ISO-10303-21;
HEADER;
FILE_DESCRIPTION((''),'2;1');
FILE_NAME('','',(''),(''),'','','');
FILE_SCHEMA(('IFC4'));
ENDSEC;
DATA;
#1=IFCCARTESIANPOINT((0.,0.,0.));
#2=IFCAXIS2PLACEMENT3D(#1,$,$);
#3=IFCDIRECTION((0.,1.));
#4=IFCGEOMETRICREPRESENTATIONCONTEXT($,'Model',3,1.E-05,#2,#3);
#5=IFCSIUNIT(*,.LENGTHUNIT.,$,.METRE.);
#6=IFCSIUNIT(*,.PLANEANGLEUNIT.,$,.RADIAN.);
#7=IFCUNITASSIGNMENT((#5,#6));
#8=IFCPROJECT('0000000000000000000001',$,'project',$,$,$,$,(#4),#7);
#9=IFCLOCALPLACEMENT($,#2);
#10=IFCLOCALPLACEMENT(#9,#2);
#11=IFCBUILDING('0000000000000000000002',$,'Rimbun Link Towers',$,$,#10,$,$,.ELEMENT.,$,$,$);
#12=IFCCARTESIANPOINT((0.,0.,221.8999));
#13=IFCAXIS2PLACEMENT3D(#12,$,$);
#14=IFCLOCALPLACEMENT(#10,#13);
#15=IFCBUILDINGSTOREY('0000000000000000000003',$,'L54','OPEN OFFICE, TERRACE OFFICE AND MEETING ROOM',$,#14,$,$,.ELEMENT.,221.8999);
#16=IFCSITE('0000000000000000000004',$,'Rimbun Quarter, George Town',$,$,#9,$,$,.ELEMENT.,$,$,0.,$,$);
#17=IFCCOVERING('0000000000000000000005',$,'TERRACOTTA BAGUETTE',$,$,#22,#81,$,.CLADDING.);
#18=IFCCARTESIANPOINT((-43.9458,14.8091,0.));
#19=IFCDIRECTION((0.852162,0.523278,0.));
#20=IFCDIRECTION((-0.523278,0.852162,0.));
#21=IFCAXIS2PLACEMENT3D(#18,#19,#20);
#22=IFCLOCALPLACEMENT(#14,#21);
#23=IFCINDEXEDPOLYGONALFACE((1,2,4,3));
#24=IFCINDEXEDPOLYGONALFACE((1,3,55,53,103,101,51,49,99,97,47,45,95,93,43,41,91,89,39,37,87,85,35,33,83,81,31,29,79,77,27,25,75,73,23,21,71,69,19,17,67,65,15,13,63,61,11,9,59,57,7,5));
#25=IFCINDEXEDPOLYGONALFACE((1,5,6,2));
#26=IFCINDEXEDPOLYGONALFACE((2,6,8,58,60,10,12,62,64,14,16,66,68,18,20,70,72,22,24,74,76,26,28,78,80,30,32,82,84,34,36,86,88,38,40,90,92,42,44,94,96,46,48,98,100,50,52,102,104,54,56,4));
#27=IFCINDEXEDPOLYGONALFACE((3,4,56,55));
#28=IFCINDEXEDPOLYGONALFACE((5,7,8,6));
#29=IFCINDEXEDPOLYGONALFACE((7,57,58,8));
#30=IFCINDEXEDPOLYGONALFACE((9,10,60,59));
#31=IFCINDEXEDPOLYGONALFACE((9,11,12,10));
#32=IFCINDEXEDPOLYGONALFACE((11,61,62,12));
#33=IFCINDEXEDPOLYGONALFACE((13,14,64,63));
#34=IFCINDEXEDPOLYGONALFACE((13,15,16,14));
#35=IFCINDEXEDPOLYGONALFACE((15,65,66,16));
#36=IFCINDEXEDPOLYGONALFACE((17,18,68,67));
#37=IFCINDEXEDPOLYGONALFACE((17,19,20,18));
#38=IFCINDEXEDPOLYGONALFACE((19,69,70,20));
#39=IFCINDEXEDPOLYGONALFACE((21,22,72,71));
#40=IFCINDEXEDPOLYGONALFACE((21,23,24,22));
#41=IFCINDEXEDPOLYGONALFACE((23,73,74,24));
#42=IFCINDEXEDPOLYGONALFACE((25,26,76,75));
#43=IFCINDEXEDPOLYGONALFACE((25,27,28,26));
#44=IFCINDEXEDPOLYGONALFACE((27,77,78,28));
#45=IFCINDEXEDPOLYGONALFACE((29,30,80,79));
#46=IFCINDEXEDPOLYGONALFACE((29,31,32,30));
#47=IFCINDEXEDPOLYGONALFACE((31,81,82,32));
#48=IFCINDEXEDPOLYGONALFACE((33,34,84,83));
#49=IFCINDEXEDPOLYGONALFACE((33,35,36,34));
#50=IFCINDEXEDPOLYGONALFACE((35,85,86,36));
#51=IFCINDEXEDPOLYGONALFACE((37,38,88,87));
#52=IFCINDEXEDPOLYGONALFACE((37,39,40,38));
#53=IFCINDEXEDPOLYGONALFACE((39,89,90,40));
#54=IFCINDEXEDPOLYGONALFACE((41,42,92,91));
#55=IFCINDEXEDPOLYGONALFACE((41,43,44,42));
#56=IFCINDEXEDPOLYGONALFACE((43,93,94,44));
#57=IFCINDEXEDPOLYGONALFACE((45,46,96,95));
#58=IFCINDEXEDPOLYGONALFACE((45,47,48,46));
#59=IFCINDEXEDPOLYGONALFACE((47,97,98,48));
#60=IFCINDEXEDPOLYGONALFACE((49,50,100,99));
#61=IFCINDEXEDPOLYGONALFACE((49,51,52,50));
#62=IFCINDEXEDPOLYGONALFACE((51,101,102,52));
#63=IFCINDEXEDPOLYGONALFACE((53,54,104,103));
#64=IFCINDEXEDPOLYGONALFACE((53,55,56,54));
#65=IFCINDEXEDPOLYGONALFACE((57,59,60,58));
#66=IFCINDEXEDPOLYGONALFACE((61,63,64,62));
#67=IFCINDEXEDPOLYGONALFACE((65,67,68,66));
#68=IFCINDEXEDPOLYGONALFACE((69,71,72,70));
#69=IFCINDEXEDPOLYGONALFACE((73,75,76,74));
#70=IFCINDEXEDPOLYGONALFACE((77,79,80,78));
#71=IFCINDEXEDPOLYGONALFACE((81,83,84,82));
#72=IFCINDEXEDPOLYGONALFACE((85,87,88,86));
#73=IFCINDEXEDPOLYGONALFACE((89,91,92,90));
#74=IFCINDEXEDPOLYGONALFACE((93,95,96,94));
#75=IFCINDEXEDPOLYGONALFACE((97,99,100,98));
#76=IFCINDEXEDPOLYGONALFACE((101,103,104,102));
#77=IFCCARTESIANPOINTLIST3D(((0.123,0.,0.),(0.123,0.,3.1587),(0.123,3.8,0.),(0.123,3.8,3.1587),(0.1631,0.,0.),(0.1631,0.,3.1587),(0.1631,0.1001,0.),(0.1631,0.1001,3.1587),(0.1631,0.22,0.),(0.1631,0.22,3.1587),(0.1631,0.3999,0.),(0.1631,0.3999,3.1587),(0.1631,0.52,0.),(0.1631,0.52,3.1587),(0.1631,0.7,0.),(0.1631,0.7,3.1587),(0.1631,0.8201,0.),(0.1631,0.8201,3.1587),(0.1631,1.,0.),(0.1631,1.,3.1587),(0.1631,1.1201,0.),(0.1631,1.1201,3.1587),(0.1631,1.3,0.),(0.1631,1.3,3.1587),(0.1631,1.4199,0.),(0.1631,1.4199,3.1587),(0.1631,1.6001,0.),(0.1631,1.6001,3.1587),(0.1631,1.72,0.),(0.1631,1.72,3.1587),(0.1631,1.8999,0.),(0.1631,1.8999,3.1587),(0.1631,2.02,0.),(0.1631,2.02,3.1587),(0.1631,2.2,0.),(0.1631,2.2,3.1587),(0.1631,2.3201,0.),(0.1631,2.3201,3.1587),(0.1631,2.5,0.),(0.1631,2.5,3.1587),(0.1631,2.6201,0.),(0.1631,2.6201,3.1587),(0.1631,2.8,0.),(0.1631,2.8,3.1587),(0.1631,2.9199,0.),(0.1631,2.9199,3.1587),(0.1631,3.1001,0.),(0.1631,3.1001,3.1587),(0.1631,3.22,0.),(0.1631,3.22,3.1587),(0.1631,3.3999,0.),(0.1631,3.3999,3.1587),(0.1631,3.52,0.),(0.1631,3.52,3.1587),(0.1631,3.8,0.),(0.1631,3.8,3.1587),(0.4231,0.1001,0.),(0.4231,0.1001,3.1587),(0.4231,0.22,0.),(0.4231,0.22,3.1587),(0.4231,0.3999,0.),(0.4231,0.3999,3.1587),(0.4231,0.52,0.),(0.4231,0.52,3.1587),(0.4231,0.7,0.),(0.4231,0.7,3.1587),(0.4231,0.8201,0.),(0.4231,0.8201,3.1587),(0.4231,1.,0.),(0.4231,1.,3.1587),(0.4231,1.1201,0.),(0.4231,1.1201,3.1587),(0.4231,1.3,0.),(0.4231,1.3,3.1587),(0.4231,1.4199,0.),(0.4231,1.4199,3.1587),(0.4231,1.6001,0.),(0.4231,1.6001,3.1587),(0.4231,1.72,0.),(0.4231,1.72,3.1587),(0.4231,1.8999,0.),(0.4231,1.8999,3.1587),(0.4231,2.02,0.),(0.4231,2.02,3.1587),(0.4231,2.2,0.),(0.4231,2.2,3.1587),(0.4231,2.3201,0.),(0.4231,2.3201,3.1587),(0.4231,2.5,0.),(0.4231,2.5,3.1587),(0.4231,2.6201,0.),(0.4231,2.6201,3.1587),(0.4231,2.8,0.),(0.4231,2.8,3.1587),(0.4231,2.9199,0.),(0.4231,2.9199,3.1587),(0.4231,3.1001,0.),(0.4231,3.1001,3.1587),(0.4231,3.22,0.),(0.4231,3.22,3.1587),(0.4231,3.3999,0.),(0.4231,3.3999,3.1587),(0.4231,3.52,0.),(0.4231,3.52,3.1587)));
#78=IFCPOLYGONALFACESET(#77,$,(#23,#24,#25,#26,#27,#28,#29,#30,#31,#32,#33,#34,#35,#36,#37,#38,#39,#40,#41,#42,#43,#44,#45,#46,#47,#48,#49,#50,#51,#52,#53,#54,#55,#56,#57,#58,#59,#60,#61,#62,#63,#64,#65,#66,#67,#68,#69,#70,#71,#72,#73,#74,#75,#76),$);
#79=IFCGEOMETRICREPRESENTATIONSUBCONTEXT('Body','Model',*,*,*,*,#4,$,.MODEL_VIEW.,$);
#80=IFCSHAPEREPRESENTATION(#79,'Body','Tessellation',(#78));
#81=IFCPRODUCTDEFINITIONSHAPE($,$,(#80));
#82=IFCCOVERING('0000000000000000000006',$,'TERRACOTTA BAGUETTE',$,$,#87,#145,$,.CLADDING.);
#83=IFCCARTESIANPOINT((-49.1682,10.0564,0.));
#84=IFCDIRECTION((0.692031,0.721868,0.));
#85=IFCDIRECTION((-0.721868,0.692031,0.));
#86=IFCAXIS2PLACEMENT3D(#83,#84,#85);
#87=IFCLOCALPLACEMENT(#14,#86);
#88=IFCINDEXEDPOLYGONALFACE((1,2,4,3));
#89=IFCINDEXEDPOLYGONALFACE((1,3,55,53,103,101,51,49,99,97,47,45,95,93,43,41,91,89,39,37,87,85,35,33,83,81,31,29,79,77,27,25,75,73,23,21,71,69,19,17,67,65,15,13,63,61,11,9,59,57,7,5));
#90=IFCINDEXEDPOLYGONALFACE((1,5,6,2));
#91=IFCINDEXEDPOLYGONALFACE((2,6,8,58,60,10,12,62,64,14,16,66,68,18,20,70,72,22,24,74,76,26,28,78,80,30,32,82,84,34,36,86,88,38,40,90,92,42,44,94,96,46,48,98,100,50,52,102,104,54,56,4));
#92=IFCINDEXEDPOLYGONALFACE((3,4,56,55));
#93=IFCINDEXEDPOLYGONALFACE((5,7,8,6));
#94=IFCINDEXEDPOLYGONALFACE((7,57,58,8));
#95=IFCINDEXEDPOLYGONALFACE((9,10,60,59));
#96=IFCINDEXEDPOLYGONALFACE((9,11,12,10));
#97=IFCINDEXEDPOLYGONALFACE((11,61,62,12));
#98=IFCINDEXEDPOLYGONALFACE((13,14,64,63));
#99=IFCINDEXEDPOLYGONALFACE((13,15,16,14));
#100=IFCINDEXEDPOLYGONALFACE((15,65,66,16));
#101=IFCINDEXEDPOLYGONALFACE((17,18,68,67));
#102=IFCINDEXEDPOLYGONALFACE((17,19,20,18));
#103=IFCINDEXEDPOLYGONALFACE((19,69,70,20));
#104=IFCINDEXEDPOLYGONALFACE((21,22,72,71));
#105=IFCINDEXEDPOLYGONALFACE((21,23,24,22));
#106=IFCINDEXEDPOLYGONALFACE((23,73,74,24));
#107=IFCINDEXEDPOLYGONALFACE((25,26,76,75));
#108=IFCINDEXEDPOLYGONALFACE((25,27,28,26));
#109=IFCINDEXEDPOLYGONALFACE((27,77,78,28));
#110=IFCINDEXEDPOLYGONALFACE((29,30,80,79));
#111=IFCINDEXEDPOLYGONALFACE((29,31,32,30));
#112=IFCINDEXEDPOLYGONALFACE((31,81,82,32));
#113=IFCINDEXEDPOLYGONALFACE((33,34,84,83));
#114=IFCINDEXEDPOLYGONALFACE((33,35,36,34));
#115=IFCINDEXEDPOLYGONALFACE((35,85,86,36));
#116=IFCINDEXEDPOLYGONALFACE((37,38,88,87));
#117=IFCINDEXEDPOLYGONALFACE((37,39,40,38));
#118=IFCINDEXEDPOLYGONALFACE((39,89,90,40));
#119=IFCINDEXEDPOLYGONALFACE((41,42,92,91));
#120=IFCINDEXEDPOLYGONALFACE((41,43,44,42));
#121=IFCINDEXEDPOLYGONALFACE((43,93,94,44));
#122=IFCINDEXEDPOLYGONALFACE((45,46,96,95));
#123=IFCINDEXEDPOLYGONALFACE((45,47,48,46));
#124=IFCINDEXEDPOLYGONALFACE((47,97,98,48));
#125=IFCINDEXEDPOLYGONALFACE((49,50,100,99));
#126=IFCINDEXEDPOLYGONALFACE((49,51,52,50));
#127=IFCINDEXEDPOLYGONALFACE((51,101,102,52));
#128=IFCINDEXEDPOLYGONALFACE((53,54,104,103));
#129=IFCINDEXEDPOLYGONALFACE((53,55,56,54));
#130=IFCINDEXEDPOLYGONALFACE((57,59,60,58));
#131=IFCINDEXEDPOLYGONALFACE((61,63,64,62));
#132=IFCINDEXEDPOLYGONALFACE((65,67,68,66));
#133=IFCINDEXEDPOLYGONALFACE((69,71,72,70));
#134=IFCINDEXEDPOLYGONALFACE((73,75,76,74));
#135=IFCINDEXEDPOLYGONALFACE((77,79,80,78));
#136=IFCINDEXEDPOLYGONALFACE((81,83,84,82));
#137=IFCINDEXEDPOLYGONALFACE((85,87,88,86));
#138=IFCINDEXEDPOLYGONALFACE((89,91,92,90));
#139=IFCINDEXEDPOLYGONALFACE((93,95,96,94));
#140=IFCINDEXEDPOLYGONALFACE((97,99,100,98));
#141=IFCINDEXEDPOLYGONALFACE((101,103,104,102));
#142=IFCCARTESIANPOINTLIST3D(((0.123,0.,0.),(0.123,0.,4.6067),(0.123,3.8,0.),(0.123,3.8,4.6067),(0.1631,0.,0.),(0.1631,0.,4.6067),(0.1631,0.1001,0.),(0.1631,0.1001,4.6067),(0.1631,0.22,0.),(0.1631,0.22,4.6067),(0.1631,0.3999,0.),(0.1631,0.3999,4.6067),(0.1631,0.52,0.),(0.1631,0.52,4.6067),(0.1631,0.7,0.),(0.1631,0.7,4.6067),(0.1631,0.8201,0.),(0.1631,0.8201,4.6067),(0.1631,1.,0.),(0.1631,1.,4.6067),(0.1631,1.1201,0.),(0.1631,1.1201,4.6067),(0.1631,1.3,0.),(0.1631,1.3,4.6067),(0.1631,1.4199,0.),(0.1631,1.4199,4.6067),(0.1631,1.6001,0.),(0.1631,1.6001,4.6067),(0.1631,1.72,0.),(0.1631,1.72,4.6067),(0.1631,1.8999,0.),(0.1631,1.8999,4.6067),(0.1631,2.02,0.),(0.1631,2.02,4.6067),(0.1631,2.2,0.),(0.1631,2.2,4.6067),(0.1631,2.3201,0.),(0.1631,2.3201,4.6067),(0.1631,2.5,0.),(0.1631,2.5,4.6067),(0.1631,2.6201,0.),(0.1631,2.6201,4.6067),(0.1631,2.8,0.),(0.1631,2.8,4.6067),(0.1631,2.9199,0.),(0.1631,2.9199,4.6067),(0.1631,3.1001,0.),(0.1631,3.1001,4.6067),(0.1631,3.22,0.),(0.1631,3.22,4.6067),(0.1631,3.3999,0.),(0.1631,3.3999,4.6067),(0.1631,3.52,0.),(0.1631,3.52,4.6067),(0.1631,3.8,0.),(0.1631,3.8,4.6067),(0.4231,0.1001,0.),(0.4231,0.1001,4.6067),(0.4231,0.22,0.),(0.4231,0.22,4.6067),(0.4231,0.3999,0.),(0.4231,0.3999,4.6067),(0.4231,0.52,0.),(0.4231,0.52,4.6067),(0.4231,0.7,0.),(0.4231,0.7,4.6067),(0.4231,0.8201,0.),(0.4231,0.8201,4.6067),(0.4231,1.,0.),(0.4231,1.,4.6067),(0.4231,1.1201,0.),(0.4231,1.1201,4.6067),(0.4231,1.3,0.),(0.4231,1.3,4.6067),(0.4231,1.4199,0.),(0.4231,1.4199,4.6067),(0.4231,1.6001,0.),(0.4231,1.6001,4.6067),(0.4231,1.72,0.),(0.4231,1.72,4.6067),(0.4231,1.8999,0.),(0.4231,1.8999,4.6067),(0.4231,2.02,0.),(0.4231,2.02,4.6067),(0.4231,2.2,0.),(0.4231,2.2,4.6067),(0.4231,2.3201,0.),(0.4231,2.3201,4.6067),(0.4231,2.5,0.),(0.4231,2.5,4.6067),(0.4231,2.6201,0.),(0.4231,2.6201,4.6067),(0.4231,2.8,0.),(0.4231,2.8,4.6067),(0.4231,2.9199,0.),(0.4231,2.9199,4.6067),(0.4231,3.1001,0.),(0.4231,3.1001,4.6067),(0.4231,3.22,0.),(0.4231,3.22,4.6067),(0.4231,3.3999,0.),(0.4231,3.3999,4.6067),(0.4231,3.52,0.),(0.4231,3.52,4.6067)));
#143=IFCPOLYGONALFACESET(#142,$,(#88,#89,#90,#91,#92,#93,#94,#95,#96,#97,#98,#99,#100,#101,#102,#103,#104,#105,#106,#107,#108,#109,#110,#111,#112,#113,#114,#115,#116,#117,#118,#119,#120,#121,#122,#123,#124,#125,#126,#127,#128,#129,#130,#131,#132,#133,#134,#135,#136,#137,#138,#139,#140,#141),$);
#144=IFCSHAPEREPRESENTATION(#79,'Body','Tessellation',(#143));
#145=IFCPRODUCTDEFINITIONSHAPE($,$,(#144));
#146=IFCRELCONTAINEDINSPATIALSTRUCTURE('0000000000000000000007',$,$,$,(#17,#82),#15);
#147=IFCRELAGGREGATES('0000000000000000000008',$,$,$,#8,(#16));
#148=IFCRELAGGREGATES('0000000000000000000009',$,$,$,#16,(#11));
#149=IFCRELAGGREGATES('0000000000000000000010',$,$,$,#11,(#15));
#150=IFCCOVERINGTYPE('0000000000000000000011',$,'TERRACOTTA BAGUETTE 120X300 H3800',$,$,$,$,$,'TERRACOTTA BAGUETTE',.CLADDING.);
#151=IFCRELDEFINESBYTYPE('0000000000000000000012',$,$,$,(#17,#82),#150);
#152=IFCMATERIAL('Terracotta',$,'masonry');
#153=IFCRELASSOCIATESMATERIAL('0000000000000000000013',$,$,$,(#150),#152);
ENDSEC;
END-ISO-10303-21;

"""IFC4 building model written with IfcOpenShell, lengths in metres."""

from ifc_helpers import new_model, si_unit, direction, frame, origin, place, context, subcontext, project, spatial, polyline, outline, extrude, material, material_profile, profile_set, type_object, element, save


model = new_model("IFC4")

# Units and contexts
model_context = context("Model", 3, precision=1e-05, world=origin(), true_north=direction((0.0, 1.0)))
body_context = subcontext(model_context, "Body", "Model", "MODEL_VIEW")
ifc_project = project(units=[si_unit("LENGTHUNIT", "METRE"), si_unit("PLANEANGLEUNIT", "RADIAN")], contexts=[model_context])

# Site, building, storey
site_placement = place(None, origin())
site = spatial("IfcSite", under=ifc_project, at=site_placement, Name="Rimbun Quarter, George Town", CompositionType="ELEMENT", RefElevation=0.0)
building_placement = place(site_placement, origin())
building = spatial("IfcBuilding", under=site, at=building_placement, Name="Rimbun Link Towers", CompositionType="ELEMENT")
storey_placement = place(building_placement, frame((0.0, 0.0, 221.8999)))
storey = spatial("IfcBuildingStorey", under=building, at=storey_placement, Name="L54", Description="OPEN OFFICE, TERRACE OFFICE AND MEETING ROOM", CompositionType="ELEMENT", Elevation=221.8999)

# Coverings
ifc_material_1 = material(Name="Terracotta", Category="masonry")
ifc_material_profile_1 = material_profile(ifc_material_1, outline(polyline([(0.123, 0.0), (0.1631, 0.0), (0.1631, 0.1001), (0.4231, 0.1001), (0.4231, 0.22), (0.1631, 0.22), (0.1631, 0.3999), (0.4231, 0.3999), (0.4231, 0.52), (0.1631, 0.52), (0.1631, 0.7), (0.4231, 0.7), (0.4231, 0.8201), (0.1631, 0.8201), (0.1631, 1.0), (0.4231, 1.0), (0.4231, 1.1201), (0.1631, 1.1201), (0.1631, 1.3), (0.4231, 1.3), (0.4231, 1.4199), (0.1631, 1.4199), (0.1631, 1.6001), (0.4231, 1.6001), (0.4231, 1.72), (0.1631, 1.72), (0.1631, 1.8999), (0.4231, 1.8999), (0.4231, 2.02), (0.1631, 2.02), (0.1631, 2.2), (0.4231, 2.2), (0.4231, 2.3201), (0.1631, 2.3201), (0.1631, 2.5), (0.4231, 2.5), (0.4231, 2.6201), (0.1631, 2.6201), (0.1631, 2.8), (0.4231, 2.8), (0.4231, 2.9199), (0.1631, 2.9199), (0.1631, 3.1001), (0.4231, 3.1001), (0.4231, 3.22), (0.1631, 3.22), (0.1631, 3.3999), (0.4231, 3.3999), (0.4231, 3.52), (0.1631, 3.52), (0.1631, 3.8), (0.123, 3.8), (0.123, 0.0)])), Name="BAGUETTE 120X300")
ifc_profile_set_1 = profile_set([ifc_material_profile_1], Name="Terracotta")
covering_type = type_object("IfcCoveringType", Name="TERRACOTTA BAGUETTE 120X300 H3800", ElementType="TERRACOTTA BAGUETTE", PredefinedType="CLADDING", material=ifc_profile_set_1)
covering_1_placement = place(storey_placement, frame((-43.9458, 14.8091, 0.0), z_axis=(0.852162, 0.523278, 0.0), x_axis=(-0.523278, 0.852162, 0.0)))
element("IfcCovering", 1, at=covering_1_placement, inside=storey, type_object=covering_type, Name="TERRACOTTA BAGUETTE", PredefinedType="CLADDING", context=body_context, shape_type="SweptSolid", body=[
    extrude(outline(polyline([(0.123, 0.0), (0.1631, 0.0), (0.1631, 0.1001), (0.4231, 0.1001), (0.4231, 0.22), (0.1631, 0.22), (0.1631, 0.3999), (0.4231, 0.3999), (0.4231, 0.52), (0.1631, 0.52), (0.1631, 0.7), (0.4231, 0.7), (0.4231, 0.8201), (0.1631, 0.8201), (0.1631, 1.0), (0.4231, 1.0), (0.4231, 1.1201), (0.1631, 1.1201), (0.1631, 1.3), (0.4231, 1.3), (0.4231, 1.4199), (0.1631, 1.4199), (0.1631, 1.6001), (0.4231, 1.6001), (0.4231, 1.72), (0.1631, 1.72), (0.1631, 1.8999), (0.4231, 1.8999), (0.4231, 2.02), (0.1631, 2.02), (0.1631, 2.2), (0.4231, 2.2), (0.4231, 2.3201), (0.1631, 2.3201), (0.1631, 2.5), (0.4231, 2.5), (0.4231, 2.6201), (0.1631, 2.6201), (0.1631, 2.8), (0.4231, 2.8), (0.4231, 2.9199), (0.1631, 2.9199), (0.1631, 3.1001), (0.4231, 3.1001), (0.4231, 3.22), (0.1631, 3.22), (0.1631, 3.3999), (0.4231, 3.3999), (0.4231, 3.52), (0.1631, 3.52), (0.1631, 3.8), (0.123, 3.8), (0.123, 0.0)])), origin(), (0.0, 0.0, 1.0), 3.1587),
])
covering_2_placement = place(storey_placement, frame((-49.1682, 10.0564, 0.0), z_axis=(0.692031, 0.721868, 0.0), x_axis=(-0.721868, 0.692031, 0.0)))
element("IfcCovering", 2, at=covering_2_placement, inside=storey, type_object=covering_type, Name="TERRACOTTA BAGUETTE", PredefinedType="CLADDING", context=body_context, shape_type="SweptSolid", body=[
    extrude(outline(polyline([(0.123, 0.0), (0.1631, 0.0), (0.1631, 0.1001), (0.4231, 0.1001), (0.4231, 0.22), (0.1631, 0.22), (0.1631, 0.3999), (0.4231, 0.3999), (0.4231, 0.52), (0.1631, 0.52), (0.1631, 0.7), (0.4231, 0.7), (0.4231, 0.8201), (0.1631, 0.8201), (0.1631, 1.0), (0.4231, 1.0), (0.4231, 1.1201), (0.1631, 1.1201), (0.1631, 1.3), (0.4231, 1.3), (0.4231, 1.4199), (0.1631, 1.4199), (0.1631, 1.6001), (0.4231, 1.6001), (0.4231, 1.72), (0.1631, 1.72), (0.1631, 1.8999), (0.4231, 1.8999), (0.4231, 2.02), (0.1631, 2.02), (0.1631, 2.2), (0.4231, 2.2), (0.4231, 2.3201), (0.1631, 2.3201), (0.1631, 2.5), (0.4231, 2.5), (0.4231, 2.6201), (0.1631, 2.6201), (0.1631, 2.8), (0.4231, 2.8), (0.4231, 2.9199), (0.1631, 2.9199), (0.1631, 3.1001), (0.4231, 3.1001), (0.4231, 3.22), (0.1631, 3.22), (0.1631, 3.3999), (0.4231, 3.3999), (0.4231, 3.52), (0.1631, 3.52), (0.1631, 3.8), (0.123, 3.8), (0.123, 0.0)])), origin(), (0.0, 0.0, 1.0), 4.6067),
])

save(model, "model.ifc")
